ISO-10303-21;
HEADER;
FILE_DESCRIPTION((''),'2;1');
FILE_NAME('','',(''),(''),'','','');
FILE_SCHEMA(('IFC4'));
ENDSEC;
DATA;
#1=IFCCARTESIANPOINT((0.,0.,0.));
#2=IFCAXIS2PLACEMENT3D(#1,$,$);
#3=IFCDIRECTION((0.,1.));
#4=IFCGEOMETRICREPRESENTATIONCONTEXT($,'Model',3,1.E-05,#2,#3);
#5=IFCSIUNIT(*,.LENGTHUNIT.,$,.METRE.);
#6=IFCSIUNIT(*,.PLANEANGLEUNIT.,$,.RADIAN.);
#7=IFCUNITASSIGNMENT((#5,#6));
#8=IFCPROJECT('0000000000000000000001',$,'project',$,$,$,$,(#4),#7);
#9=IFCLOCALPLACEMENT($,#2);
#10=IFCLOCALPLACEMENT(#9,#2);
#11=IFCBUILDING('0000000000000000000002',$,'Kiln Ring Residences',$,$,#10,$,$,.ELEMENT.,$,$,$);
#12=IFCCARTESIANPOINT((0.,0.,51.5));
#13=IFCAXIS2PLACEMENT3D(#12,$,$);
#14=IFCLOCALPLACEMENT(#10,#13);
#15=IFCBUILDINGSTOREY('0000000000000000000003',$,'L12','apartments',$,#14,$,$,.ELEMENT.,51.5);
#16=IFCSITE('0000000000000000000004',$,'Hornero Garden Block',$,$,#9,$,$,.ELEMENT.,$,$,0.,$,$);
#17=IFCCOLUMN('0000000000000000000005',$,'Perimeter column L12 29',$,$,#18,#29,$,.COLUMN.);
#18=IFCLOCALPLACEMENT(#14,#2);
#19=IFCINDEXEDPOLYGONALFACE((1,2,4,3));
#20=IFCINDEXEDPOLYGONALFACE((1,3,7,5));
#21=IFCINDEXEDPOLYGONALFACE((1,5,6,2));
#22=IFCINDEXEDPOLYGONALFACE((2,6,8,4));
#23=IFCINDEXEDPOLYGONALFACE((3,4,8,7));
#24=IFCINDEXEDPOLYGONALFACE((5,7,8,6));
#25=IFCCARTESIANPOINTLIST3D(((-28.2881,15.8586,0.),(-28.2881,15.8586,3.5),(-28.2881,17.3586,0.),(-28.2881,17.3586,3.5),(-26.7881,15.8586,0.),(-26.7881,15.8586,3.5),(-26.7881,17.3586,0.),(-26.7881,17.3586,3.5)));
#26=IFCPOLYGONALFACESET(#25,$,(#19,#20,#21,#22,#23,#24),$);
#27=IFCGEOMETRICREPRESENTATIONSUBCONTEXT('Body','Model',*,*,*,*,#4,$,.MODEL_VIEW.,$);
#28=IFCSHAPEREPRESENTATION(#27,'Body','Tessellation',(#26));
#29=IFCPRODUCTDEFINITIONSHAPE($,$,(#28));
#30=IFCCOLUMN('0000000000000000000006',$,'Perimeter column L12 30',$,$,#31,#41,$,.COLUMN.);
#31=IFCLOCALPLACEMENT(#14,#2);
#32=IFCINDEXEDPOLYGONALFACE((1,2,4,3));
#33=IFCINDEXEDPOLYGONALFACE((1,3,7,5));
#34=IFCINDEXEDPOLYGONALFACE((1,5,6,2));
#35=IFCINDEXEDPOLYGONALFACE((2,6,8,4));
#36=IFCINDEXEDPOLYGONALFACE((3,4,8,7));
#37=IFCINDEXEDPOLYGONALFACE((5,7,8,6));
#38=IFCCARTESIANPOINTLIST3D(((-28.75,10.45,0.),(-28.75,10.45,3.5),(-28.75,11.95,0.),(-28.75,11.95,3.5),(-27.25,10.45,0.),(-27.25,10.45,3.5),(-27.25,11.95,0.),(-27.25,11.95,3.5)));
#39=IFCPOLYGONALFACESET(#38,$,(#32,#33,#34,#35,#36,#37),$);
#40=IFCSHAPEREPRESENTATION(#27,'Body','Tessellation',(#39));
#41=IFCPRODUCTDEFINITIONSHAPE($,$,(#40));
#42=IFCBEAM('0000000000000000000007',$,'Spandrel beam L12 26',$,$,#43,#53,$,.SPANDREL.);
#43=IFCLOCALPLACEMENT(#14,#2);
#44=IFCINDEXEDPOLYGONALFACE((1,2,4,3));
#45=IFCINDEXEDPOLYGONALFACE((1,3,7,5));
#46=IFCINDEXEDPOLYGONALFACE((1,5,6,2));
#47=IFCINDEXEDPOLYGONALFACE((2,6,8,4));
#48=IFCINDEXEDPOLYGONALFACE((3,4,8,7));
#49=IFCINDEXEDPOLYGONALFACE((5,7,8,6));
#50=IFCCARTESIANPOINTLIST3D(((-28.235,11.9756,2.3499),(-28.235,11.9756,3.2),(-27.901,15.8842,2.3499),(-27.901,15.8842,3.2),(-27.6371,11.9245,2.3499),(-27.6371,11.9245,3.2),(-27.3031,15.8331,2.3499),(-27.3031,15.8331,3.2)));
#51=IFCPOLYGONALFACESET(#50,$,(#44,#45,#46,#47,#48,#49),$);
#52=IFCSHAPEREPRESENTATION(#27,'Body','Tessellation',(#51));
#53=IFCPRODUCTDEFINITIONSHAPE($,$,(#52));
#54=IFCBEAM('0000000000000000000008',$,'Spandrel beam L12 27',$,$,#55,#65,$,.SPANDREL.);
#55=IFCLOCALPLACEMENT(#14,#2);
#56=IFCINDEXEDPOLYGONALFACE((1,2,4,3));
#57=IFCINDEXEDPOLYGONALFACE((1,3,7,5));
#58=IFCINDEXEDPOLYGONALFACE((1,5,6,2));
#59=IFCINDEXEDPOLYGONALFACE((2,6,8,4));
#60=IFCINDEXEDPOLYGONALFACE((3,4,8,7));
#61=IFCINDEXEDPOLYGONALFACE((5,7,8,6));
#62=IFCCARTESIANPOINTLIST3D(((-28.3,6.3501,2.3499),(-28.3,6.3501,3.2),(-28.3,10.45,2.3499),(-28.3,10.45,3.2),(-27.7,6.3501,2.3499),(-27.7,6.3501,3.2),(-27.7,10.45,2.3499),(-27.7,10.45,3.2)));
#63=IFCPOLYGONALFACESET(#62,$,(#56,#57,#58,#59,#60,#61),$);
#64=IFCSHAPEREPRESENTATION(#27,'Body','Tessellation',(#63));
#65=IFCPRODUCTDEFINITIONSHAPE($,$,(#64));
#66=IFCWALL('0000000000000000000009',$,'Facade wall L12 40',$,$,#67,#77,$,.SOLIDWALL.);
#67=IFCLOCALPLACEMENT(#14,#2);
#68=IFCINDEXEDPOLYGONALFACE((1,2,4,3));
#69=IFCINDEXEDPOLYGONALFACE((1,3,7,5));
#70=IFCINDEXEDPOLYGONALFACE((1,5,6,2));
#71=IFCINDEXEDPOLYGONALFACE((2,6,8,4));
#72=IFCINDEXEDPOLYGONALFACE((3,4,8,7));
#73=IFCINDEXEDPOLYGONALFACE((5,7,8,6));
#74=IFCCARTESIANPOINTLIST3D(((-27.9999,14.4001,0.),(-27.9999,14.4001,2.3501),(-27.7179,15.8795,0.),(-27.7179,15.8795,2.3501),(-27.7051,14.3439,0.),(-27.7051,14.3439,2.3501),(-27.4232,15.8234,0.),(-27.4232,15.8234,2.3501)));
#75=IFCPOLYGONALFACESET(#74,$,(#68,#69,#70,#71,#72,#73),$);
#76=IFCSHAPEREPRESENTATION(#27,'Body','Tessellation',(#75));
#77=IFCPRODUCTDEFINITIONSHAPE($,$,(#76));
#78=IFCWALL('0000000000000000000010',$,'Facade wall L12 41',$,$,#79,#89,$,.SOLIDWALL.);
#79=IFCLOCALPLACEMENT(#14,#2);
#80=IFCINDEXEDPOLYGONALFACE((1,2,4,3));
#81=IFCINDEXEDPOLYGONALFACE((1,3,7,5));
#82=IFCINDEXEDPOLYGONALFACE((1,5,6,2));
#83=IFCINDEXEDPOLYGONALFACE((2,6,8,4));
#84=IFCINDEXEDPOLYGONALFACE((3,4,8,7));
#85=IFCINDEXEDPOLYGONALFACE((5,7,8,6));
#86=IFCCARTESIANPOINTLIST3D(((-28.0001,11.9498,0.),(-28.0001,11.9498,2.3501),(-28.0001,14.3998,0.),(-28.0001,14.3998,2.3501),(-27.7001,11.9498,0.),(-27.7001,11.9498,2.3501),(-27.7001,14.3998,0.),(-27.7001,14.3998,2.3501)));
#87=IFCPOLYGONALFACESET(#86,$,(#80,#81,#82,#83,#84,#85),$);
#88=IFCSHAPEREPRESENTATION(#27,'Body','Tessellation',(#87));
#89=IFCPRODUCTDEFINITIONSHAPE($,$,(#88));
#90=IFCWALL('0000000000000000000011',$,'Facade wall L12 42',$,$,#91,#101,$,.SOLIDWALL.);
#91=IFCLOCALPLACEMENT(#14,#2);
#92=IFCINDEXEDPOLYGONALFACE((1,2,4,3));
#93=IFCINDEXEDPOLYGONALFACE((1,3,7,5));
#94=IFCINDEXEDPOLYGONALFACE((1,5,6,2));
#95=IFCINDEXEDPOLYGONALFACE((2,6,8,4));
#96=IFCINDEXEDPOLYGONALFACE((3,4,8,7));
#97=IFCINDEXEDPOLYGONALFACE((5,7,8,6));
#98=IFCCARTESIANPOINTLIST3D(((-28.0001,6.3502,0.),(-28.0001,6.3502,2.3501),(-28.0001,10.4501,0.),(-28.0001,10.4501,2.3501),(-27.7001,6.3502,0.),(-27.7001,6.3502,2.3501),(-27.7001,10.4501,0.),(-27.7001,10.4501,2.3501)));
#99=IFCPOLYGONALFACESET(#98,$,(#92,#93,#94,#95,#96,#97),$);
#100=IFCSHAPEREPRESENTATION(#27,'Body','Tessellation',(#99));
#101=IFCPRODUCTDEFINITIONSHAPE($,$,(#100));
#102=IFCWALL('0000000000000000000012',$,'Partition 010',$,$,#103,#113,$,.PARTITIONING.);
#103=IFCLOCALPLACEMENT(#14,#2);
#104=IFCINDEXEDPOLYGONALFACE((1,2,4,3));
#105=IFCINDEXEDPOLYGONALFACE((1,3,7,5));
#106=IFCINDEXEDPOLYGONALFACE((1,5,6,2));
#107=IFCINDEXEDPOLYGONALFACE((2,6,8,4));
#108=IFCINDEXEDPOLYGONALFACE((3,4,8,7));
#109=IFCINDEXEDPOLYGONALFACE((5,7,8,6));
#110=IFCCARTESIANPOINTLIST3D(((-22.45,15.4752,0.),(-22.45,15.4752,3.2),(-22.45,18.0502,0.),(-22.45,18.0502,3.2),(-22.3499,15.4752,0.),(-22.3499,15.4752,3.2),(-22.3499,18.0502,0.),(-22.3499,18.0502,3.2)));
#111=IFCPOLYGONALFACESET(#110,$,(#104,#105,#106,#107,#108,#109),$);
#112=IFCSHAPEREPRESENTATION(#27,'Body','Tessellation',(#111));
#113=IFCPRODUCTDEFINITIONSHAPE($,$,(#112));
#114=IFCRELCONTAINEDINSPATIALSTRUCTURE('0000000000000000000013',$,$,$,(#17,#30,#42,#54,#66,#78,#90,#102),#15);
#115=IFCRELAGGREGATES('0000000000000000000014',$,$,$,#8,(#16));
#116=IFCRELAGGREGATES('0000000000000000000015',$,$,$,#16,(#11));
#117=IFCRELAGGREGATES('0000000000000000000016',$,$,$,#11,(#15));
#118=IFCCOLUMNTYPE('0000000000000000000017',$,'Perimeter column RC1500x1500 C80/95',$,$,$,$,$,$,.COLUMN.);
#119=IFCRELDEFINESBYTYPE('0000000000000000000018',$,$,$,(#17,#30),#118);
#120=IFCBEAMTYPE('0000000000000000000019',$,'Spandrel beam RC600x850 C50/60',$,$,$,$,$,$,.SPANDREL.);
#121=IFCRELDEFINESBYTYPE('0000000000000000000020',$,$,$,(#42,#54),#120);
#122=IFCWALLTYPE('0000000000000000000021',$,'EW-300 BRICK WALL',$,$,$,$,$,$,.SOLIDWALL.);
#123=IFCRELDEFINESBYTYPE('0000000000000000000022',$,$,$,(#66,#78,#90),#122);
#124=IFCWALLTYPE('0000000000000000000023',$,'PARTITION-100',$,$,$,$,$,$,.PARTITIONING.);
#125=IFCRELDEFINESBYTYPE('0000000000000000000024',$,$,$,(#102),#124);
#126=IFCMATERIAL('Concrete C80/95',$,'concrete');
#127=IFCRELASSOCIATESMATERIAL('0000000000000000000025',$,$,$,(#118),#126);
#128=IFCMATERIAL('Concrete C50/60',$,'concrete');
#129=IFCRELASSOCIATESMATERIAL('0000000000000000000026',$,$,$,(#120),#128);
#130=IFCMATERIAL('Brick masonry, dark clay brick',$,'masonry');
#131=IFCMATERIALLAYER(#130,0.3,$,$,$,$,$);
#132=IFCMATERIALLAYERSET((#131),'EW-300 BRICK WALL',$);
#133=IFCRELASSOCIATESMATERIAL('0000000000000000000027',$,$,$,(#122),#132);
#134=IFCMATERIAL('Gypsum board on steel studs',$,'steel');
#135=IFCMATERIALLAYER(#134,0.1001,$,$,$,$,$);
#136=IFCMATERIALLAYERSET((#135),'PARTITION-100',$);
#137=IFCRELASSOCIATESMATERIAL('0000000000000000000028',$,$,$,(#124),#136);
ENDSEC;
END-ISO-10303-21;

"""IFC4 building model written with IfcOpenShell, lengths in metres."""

from ifc_helpers import new_model, si_unit, direction, frame, frame_2d, origin, origin_2d, place, context, subcontext, project, spatial, rectangle, extrude, material, layer, layer_set, material_profile, profile_set, type_object, element, save


model = new_model("IFC4")

# Units and contexts
model_context = context("Model", 3, precision=1e-05, world=origin(), true_north=direction((0.0, 1.0)))
body_context = subcontext(model_context, "Body", "Model", "MODEL_VIEW")
ifc_project = project(units=[si_unit("LENGTHUNIT", "METRE"), si_unit("PLANEANGLEUNIT", "RADIAN")], contexts=[model_context])

# Site, building, storey
site_placement = place(None, origin())
site = spatial("IfcSite", under=ifc_project, at=site_placement, Name="Hornero Garden Block", CompositionType="ELEMENT", RefElevation=0.0)
building_placement = place(site_placement, origin())
building = spatial("IfcBuilding", under=site, at=building_placement, Name="Kiln Ring Residences", CompositionType="ELEMENT")
storey_placement = place(building_placement, frame((0.0, 0.0, 51.5)))
storey = spatial("IfcBuildingStorey", under=building, at=storey_placement, Name="L12", Description="apartments", CompositionType="ELEMENT", Elevation=51.5)

# Columns
ifc_material_1 = material(Name="Concrete C80/95", Category="concrete")
ifc_material_profile_1 = material_profile(ifc_material_1, rectangle(XDim=1.5, YDim=1.5, at=origin_2d()), Name="RC1500x1500")
ifc_profile_set_1 = profile_set([ifc_material_profile_1], Name="Concrete C80/95")
column_type = type_object("IfcColumnType", Name="Perimeter column RC1500x1500 C80/95", PredefinedType="COLUMN", material=ifc_profile_set_1)
for number, where, z_axis, x_axis, name in (
    (1, (-27.5381, 16.6086, 0.0), (0.0, 0.0, 1.0), (1.0, 0.0, 0.0), "Perimeter column L12 29"),
    (2, (-28.0, 11.2, 0.0), (0.0, 0.0, 1.0), (1.0, 0.0, 0.0), "Perimeter column L12 30"),
):
    element("IfcColumn", number, at=place(storey_placement, frame(where, z_axis=z_axis, x_axis=x_axis)), inside=storey, type_object=column_type, Name=name, PredefinedType="COLUMN", context=body_context, shape_type="SweptSolid", body=[
        extrude(rectangle(XDim=1.5, YDim=1.5, at=origin_2d()), origin(), (0.0, 0.0, 1.0), 3.5),
    ])

# Beams
ifc_material_2 = material(Name="Concrete C50/60", Category="concrete")
ifc_material_profile_2 = material_profile(ifc_material_2, rectangle(XDim=0.6001, YDim=0.8501, at=origin_2d()), Name="RC600x850")
ifc_profile_set_2 = profile_set([ifc_material_profile_2], Name="Concrete C50/60")
beam_type = type_object("IfcBeamType", Name="Spandrel beam RC600x850 C50/60", PredefinedType="SPANDREL", material=ifc_profile_set_2)
beam_1_placement = place(storey_placement, frame((-27.6021, 15.8586, 2.7749), z_axis=(-0.085136, -0.996369, 0.0), x_axis=(0.996369, -0.085136, 0.0)))
element("IfcBeam", 3, at=beam_1_placement, inside=storey, type_object=beam_type, Name="Spandrel beam L12 26", PredefinedType="SPANDREL", context=body_context, shape_type="SweptSolid", body=[
    extrude(rectangle(XDim=0.6001, YDim=0.8501, at=origin_2d()), origin(), (0.0, 0.0, 1.0), 3.9229),
])
beam_2_placement = place(storey_placement, frame((-28.0, 10.45, 2.7749), z_axis=(0.0, -1.0, 0.0), x_axis=(1.0, 0.0, 0.0)))
element("IfcBeam", 4, at=beam_2_placement, inside=storey, type_object=beam_type, Name="Spandrel beam L12 27", PredefinedType="SPANDREL", context=body_context, shape_type="SweptSolid", body=[
    extrude(rectangle(XDim=0.6001, YDim=0.8501, at=origin_2d()), origin(), (0.0, 0.0, 1.0), 4.0999),
])

# Walls
ifc_material_3 = material(Name="Brick masonry, dark clay brick", Category="masonry")
ifc_layer_1 = layer(ifc_material_3, 0.3)
ifc_layer_set_1 = layer_set([ifc_layer_1], Name="EW-300 BRICK WALL")
wall_type_1 = type_object("IfcWallType", Name="EW-300 BRICK WALL", PredefinedType="SOLIDWALL", material=ifc_layer_set_1)
wall_1_placement = place(storey_placement, frame((-27.5706, 15.8513, 0.0), z_axis=(0.0, 0.0, 1.0), x_axis=(-0.187224, -0.982317, 0.0)))
element("IfcWall", 5, at=wall_1_placement, inside=storey, type_object=wall_type_1, Name="Facade wall L12 40", PredefinedType="SOLIDWALL", context=body_context, shape_type="SweptSolid", body=[
    extrude(rectangle(XDim=1.5061, YDim=0.3, at=frame_2d((0.7529, 0.0))), origin(), (0.0, 0.0, 1.0), 2.3501),
])
wall_2_placement = place(storey_placement, frame((-27.8501, 14.3999, 0.0), z_axis=(0.0, 0.0, 1.0), x_axis=(0.0, -1.0, 0.0)))
element("IfcWall", 6, at=wall_2_placement, inside=storey, type_object=wall_type_1, Name="Facade wall L12 41", PredefinedType="SOLIDWALL", context=body_context, shape_type="SweptSolid", body=[
    extrude(rectangle(XDim=2.45, YDim=0.3, at=frame_2d((1.2251, 0.0))), origin(), (0.0, 0.0, 1.0), 2.3501),
])
wall_3_placement = place(storey_placement, frame((-27.8501, 10.45, 0.0), z_axis=(0.0, 0.0, 1.0), x_axis=(0.0, -1.0, 0.0)))
element("IfcWall", 7, at=wall_3_placement, inside=storey, type_object=wall_type_1, Name="Facade wall L12 42", PredefinedType="SOLIDWALL", context=body_context, shape_type="SweptSolid", body=[
    extrude(rectangle(XDim=4.0999, YDim=0.3, at=frame_2d((2.0498, 0.0))), origin(), (0.0, 0.0, 1.0), 2.3501),
])
ifc_material_4 = material(Name="Gypsum board on steel studs", Category="steel")
ifc_layer_2 = layer(ifc_material_4, 0.1001)
ifc_layer_set_2 = layer_set([ifc_layer_2], Name="PARTITION-100")
wall_type_2 = type_object("IfcWallType", Name="PARTITION-100", PredefinedType="PARTITIONING", material=ifc_layer_set_2)
wall_4_placement = place(storey_placement, frame((-22.3999, 15.4751, 0.0), z_axis=(0.0, 0.0, 1.0), x_axis=(0.0, 1.0, 0.0)))
element("IfcWall", 8, at=wall_4_placement, inside=storey, type_object=wall_type_2, Name="Partition 010", PredefinedType="PARTITIONING", context=body_context, shape_type="SweptSolid", body=[
    extrude(rectangle(XDim=2.575, YDim=0.1001, at=frame_2d((1.2876, 0.0))), origin(), (0.0, 0.0, 1.0), 3.2),
])

save(model, "model.ifc")
